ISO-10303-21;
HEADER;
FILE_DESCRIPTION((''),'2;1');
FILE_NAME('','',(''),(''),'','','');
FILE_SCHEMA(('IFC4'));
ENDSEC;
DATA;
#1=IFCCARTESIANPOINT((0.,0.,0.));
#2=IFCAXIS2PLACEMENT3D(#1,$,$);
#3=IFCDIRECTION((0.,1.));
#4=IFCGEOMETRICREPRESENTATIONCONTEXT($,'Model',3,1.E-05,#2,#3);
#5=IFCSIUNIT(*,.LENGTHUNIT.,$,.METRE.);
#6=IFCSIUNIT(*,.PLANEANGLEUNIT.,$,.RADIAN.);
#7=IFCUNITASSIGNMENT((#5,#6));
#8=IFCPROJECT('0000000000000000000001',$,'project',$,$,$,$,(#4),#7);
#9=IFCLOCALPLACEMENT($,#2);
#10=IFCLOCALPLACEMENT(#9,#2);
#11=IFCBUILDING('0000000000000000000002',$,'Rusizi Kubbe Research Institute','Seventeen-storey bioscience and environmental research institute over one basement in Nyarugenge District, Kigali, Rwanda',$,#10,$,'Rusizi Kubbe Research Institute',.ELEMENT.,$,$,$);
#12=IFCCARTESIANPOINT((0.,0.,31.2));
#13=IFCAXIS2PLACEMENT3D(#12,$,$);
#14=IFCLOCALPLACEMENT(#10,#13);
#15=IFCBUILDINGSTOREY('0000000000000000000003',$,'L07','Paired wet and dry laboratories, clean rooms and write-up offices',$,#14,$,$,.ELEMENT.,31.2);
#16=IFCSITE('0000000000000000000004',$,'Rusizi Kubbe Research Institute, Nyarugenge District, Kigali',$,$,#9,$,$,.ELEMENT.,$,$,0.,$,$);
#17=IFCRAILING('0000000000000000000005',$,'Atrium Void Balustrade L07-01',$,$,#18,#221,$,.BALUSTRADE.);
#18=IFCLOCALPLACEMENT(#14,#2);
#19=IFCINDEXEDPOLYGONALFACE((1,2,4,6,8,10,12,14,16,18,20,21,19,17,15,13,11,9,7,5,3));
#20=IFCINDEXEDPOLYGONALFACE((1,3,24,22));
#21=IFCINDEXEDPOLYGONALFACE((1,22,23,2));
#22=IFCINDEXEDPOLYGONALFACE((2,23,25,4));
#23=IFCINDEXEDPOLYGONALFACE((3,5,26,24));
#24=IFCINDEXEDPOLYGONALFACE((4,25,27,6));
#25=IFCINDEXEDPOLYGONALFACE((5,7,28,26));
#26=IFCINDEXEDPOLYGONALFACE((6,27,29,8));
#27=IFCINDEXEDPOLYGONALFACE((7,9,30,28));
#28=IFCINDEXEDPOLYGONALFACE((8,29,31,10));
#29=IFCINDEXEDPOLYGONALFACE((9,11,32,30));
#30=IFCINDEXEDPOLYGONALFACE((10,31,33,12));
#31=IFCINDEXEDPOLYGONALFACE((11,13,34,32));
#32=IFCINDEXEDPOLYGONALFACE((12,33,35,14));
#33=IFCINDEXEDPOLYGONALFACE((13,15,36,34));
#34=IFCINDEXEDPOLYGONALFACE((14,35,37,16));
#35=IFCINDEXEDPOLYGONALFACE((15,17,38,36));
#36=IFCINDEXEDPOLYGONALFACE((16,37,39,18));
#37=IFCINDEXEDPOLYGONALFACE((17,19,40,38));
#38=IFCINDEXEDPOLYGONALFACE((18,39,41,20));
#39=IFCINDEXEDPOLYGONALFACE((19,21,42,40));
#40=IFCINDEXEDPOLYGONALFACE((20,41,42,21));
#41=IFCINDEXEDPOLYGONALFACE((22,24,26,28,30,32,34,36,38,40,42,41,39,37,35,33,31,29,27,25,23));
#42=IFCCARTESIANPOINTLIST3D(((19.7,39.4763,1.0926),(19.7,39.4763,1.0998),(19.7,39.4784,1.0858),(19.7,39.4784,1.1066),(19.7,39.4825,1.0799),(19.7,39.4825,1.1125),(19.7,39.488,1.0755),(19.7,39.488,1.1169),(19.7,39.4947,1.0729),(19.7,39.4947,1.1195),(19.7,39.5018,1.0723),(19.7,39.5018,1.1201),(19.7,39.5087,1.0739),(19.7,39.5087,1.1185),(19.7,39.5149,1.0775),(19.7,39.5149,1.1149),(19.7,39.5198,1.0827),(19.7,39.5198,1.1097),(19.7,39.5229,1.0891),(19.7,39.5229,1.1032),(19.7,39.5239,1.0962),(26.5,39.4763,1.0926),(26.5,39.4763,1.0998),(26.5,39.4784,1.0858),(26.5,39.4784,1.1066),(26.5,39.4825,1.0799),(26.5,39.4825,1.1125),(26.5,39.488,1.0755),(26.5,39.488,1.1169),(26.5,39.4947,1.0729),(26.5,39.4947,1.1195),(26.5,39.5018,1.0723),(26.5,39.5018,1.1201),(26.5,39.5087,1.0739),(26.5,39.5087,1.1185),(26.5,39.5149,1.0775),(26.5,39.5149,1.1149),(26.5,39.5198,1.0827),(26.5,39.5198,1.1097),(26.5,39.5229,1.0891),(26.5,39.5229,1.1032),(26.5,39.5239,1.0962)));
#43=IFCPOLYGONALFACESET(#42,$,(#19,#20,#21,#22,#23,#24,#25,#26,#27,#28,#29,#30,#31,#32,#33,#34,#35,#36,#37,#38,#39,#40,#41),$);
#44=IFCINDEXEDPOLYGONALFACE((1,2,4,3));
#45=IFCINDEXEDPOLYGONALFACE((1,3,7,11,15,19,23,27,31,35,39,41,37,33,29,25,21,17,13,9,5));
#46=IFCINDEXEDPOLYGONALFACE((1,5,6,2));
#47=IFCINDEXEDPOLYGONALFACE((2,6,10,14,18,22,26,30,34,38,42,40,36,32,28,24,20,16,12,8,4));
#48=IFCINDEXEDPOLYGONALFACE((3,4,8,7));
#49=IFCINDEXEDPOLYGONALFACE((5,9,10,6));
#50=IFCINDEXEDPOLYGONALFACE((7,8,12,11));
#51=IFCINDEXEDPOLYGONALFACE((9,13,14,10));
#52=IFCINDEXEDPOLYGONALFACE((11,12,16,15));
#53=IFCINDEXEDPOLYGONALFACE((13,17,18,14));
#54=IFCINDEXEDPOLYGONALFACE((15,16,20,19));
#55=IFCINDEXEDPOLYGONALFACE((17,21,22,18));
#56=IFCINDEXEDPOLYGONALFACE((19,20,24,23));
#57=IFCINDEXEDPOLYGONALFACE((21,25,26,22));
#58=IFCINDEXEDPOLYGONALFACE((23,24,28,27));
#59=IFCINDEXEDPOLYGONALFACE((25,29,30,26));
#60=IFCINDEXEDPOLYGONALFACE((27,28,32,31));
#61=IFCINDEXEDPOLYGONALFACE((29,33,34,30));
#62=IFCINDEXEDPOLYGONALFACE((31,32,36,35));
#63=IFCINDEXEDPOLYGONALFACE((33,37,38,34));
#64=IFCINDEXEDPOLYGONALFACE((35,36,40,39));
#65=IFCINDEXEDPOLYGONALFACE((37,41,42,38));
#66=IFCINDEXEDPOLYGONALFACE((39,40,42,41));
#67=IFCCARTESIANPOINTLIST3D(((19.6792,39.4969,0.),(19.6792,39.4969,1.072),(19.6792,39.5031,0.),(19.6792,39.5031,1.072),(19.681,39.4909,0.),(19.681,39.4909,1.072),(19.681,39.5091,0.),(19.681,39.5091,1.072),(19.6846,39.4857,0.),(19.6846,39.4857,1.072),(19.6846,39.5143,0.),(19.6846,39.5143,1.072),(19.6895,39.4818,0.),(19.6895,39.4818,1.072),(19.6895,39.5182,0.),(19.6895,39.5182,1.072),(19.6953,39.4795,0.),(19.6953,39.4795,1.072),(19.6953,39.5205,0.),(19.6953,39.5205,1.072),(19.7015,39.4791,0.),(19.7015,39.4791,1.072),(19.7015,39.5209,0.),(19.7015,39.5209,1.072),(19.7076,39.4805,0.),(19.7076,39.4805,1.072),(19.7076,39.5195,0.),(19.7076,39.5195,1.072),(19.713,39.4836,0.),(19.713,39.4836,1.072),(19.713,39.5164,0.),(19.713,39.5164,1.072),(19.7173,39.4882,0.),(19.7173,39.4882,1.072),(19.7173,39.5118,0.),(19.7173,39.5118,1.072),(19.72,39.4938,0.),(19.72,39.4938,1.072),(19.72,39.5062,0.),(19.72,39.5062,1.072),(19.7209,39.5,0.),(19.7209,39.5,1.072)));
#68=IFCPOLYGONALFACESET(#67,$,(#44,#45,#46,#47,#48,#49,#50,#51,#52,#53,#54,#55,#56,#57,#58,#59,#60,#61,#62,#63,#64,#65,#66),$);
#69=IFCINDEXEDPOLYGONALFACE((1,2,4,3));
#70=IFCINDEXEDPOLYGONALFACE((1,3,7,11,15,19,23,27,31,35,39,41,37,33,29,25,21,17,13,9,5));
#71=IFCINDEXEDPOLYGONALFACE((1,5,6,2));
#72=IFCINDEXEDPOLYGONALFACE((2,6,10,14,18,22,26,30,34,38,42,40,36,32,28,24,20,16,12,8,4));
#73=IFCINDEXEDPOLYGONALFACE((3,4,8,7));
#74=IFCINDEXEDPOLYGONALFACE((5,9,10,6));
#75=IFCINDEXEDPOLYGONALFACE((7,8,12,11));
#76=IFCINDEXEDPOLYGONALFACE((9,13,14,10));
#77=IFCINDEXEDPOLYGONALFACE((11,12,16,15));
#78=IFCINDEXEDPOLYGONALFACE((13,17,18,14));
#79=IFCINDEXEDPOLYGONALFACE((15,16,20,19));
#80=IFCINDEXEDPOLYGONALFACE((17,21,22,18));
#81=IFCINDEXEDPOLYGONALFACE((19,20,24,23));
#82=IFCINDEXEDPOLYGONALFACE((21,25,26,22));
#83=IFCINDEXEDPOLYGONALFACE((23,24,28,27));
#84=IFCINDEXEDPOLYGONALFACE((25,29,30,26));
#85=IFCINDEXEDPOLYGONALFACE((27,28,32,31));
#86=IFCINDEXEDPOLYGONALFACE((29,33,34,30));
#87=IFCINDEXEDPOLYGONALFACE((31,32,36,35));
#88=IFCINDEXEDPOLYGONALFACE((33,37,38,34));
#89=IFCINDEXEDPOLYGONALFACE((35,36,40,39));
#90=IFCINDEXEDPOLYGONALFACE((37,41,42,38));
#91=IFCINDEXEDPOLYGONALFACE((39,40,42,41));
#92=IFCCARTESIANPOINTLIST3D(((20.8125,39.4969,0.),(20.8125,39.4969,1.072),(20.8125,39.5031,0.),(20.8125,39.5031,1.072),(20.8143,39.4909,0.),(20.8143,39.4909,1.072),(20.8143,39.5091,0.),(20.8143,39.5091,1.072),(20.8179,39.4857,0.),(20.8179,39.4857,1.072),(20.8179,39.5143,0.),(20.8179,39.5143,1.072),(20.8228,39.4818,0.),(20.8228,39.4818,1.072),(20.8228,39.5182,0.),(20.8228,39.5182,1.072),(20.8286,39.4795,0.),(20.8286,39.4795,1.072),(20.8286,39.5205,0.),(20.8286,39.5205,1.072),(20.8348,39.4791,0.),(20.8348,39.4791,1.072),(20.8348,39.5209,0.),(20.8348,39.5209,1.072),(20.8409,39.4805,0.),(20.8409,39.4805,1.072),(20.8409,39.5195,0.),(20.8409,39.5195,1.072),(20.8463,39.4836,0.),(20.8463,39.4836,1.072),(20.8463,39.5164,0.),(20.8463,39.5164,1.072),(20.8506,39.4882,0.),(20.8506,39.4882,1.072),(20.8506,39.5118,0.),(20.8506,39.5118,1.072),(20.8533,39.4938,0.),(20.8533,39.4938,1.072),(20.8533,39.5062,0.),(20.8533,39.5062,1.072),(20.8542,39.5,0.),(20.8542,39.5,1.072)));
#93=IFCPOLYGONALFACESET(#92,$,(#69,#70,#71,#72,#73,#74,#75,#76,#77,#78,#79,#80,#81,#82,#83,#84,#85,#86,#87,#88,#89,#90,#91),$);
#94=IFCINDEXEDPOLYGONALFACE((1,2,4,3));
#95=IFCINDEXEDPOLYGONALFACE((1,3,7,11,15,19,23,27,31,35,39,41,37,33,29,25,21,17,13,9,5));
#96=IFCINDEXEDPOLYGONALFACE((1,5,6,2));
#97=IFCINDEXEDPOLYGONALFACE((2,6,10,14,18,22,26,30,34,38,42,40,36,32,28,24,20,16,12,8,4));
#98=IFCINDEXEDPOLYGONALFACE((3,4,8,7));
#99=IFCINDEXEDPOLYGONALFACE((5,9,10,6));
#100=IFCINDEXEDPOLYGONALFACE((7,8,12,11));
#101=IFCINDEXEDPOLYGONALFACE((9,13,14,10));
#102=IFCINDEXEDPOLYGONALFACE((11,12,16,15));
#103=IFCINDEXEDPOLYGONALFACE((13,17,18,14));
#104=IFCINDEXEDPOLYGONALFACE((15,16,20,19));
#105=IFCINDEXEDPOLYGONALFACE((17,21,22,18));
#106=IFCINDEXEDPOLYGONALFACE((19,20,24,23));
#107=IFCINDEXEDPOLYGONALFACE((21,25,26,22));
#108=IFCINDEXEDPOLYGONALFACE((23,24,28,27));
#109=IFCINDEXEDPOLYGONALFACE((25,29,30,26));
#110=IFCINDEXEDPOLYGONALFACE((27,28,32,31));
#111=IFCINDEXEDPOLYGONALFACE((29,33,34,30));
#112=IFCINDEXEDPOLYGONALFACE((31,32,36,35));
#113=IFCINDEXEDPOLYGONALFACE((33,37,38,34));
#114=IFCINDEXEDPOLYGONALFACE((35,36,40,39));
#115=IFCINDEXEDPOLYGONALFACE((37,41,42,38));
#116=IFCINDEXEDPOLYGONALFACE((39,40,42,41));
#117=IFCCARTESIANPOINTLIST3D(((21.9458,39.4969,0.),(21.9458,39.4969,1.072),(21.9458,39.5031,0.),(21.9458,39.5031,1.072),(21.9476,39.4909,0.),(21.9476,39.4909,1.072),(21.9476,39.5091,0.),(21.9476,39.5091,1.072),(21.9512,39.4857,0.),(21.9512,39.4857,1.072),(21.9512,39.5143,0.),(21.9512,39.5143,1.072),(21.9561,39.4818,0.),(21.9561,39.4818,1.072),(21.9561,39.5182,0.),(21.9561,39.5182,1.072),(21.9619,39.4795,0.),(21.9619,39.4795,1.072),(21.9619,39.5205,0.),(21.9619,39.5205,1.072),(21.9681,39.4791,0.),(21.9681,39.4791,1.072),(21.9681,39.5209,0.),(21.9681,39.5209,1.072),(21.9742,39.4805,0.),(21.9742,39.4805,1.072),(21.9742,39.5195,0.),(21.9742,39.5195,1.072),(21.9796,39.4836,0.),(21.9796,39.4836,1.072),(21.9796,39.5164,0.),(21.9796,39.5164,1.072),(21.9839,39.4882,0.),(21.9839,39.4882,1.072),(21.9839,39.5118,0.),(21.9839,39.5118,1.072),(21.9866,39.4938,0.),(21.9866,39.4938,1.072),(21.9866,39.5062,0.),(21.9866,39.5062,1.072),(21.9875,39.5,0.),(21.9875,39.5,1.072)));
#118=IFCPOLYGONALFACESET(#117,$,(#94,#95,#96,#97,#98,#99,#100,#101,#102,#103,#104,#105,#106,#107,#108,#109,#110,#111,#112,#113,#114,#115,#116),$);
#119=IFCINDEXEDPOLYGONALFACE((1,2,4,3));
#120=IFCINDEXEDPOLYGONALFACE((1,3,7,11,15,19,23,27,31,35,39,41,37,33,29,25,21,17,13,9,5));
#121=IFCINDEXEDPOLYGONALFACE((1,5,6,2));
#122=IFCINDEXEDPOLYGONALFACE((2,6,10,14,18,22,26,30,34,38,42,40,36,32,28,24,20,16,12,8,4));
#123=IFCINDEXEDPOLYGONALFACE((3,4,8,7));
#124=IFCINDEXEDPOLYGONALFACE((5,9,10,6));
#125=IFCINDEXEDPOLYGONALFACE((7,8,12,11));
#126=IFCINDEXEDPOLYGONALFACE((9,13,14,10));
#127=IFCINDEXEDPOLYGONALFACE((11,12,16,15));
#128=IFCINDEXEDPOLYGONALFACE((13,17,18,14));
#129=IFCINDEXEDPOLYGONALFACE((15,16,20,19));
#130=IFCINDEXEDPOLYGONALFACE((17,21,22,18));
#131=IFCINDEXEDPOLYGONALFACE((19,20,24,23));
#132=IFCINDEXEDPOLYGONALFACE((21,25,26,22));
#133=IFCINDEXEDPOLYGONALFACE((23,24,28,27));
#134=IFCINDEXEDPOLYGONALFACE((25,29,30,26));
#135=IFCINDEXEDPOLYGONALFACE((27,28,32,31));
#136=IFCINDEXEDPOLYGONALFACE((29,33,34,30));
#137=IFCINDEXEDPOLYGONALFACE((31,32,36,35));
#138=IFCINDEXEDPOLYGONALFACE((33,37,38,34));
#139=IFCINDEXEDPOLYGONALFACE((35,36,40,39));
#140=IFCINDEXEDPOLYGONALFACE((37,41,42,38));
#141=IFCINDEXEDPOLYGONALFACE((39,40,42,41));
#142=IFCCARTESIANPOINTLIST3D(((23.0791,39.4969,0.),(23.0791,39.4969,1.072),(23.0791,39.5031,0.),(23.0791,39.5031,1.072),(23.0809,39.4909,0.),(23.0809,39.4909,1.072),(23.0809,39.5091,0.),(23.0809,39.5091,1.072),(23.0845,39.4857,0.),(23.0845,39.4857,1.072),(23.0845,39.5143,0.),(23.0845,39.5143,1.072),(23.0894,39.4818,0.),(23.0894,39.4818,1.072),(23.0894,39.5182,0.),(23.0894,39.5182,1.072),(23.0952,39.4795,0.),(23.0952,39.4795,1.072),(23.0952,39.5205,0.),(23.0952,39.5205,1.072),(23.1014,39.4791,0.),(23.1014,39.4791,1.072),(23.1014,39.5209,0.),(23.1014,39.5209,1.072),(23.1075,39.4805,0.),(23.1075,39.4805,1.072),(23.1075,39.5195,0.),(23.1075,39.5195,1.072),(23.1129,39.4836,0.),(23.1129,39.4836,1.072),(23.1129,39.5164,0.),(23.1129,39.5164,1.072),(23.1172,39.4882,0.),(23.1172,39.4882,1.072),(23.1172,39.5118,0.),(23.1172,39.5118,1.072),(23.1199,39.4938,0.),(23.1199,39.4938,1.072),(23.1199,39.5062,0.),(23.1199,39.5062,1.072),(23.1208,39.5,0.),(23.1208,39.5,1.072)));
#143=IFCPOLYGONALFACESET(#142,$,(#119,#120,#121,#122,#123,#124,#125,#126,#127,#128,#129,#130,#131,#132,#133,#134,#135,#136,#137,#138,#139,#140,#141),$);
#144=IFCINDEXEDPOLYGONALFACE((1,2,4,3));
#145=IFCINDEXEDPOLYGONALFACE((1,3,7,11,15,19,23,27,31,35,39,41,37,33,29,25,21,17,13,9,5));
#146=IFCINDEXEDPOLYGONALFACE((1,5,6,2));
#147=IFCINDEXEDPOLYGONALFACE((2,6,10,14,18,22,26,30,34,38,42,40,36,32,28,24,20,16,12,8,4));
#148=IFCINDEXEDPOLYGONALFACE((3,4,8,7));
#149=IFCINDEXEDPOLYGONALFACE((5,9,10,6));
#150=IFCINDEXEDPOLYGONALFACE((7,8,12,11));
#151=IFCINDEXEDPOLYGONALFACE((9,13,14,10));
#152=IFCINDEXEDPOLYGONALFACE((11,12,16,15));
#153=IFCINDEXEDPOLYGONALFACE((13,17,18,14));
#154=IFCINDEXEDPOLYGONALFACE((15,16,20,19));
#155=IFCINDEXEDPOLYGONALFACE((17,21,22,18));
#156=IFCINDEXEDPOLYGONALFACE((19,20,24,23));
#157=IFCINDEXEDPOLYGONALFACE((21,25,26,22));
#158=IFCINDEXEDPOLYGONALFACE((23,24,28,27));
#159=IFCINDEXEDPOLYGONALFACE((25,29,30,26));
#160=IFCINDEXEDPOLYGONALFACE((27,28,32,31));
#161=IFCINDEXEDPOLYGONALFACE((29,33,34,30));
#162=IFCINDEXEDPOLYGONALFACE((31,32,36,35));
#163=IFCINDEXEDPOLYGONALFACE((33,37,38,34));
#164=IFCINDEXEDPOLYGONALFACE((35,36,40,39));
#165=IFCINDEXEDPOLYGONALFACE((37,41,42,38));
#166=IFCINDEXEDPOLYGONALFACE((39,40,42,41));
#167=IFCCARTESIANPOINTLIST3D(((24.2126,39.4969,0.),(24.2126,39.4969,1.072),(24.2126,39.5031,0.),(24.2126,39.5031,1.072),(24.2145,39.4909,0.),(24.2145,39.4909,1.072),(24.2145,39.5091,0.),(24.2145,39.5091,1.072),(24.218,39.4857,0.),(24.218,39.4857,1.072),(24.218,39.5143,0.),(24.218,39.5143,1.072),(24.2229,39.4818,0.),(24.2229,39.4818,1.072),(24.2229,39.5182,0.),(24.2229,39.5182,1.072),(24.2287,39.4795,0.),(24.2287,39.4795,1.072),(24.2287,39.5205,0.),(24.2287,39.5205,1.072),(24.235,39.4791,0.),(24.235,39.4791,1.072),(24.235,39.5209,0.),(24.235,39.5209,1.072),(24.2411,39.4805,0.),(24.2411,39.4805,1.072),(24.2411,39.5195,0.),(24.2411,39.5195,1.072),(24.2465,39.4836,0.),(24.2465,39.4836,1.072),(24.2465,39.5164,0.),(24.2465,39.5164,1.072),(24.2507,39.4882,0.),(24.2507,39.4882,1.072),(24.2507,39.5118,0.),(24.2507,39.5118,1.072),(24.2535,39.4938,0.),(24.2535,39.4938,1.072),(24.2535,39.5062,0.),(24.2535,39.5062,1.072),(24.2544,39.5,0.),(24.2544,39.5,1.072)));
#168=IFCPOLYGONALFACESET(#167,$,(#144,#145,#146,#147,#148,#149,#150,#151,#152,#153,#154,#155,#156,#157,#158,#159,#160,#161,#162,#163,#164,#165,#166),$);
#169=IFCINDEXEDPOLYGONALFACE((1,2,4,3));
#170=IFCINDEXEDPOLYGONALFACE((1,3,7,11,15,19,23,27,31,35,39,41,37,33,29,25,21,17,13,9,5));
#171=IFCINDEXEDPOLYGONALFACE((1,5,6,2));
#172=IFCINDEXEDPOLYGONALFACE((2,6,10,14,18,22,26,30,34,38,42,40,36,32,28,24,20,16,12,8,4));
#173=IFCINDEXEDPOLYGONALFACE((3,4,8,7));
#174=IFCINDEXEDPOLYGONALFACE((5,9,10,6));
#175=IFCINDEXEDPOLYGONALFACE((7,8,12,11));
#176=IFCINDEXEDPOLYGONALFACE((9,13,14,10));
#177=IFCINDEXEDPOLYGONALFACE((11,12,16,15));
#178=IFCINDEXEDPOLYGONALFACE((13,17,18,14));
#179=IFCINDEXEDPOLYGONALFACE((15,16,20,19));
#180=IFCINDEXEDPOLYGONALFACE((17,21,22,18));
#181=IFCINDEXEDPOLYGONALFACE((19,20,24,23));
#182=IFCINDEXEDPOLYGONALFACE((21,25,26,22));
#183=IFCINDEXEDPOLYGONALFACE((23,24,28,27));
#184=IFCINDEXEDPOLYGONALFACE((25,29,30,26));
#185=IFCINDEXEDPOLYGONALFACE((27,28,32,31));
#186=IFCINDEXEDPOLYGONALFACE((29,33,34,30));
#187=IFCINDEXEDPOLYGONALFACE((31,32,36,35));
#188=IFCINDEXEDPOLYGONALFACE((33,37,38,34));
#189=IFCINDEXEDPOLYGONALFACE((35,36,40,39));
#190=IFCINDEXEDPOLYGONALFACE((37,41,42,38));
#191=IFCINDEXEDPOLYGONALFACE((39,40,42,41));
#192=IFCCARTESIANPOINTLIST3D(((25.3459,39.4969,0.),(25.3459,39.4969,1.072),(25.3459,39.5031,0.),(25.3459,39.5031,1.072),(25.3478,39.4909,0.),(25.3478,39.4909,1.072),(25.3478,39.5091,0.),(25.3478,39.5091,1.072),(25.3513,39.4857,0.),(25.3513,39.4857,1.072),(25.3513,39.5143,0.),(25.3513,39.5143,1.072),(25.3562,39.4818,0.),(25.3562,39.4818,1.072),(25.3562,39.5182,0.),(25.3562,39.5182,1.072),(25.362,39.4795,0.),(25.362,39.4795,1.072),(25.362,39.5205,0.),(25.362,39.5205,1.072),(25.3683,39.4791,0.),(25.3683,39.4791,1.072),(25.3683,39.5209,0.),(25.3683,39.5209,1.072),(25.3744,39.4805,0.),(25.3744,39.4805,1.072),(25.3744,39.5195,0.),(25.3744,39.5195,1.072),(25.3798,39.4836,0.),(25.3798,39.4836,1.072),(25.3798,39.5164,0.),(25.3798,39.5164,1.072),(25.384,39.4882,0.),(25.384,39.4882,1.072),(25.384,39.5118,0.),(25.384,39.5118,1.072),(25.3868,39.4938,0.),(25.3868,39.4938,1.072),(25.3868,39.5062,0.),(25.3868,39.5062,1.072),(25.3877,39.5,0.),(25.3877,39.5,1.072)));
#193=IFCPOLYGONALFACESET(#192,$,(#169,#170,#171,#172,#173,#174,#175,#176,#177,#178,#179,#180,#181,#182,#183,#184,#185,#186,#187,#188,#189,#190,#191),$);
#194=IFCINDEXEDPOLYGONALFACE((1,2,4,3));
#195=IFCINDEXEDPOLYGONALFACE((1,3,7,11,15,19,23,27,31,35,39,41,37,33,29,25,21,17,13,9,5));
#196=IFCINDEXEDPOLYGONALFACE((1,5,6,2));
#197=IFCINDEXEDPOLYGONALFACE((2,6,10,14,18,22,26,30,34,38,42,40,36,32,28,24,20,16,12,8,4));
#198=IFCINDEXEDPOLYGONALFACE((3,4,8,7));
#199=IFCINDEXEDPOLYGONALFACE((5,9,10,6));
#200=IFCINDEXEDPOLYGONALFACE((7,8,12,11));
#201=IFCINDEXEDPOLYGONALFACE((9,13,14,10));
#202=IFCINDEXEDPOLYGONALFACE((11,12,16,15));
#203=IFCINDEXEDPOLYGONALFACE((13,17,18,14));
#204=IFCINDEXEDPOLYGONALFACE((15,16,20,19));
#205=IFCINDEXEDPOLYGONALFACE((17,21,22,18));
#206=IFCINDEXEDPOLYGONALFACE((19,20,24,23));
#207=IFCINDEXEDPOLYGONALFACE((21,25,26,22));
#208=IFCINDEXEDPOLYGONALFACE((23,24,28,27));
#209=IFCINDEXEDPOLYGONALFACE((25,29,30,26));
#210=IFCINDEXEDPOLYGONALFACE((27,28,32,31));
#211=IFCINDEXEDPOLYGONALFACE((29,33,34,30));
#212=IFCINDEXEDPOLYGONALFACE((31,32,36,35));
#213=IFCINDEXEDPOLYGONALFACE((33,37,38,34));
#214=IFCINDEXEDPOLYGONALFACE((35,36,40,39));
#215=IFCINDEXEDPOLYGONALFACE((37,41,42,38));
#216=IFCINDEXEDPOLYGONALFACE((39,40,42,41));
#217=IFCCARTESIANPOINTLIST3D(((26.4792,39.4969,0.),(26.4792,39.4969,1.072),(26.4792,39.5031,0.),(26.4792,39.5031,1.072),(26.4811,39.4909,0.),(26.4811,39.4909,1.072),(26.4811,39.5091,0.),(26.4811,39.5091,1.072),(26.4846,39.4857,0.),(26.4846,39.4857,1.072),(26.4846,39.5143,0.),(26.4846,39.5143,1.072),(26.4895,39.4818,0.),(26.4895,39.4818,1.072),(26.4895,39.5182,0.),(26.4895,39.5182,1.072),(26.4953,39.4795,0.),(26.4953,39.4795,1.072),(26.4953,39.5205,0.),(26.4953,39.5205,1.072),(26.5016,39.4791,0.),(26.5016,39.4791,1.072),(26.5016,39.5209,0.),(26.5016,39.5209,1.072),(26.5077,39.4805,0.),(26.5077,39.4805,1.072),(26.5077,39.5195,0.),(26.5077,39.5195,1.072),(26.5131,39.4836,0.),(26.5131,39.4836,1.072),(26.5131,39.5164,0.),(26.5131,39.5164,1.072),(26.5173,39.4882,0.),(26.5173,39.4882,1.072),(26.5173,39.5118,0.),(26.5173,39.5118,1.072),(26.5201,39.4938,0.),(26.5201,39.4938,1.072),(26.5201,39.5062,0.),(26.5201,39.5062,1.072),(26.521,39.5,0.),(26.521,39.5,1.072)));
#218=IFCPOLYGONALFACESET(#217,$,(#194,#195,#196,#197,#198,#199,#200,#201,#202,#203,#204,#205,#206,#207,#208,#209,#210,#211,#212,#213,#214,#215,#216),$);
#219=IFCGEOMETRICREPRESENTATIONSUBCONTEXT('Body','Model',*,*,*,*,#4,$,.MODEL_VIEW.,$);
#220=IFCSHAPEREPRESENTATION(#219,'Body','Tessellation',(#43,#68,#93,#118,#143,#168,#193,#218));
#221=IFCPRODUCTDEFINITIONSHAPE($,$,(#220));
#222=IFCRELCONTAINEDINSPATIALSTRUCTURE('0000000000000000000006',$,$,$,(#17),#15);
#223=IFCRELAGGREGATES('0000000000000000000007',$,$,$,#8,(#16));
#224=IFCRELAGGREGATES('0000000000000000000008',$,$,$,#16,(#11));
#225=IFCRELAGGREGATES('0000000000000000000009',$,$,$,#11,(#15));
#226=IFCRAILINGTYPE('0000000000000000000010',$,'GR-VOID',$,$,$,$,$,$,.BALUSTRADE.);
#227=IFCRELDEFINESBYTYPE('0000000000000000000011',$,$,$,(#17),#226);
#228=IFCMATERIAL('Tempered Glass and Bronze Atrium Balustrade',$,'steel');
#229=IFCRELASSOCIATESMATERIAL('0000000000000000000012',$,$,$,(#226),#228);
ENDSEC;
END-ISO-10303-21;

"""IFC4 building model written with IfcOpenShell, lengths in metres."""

from ifc_helpers import new_model, si_unit, direction, frame, origin, origin_2d, place, context, subcontext, project, spatial, circle, extrude, material, type_object, element, save


model = new_model("IFC4")

# Units and contexts
model_context = context("Model", 3, precision=1e-05, world=origin(), true_north=direction((0.0, 1.0)))
body_context = subcontext(model_context, "Body", "Model", "MODEL_VIEW")
ifc_project = project(units=[si_unit("LENGTHUNIT", "METRE"), si_unit("PLANEANGLEUNIT", "RADIAN")], contexts=[model_context])

# Site, building, storey
site_placement = place(None, origin())
site = spatial("IfcSite", under=ifc_project, at=site_placement, Name="Rusizi Kubbe Research Institute, Nyarugenge District, Kigali", CompositionType="ELEMENT", RefElevation=0.0)
building_placement = place(site_placement, origin())
building = spatial("IfcBuilding", under=site, at=building_placement, Name="Rusizi Kubbe Research Institute", Description="Seventeen-storey bioscience and environmental research institute over one basement in Nyarugenge District, Kigali, Rwanda", LongName="Rusizi Kubbe Research Institute", CompositionType="ELEMENT")
storey_placement = place(building_placement, frame((0.0, 0.0, 31.2)))
storey = spatial("IfcBuildingStorey", under=building, at=storey_placement, Name="L07", Description="Paired wet and dry laboratories, clean rooms and write-up offices", CompositionType="ELEMENT", Elevation=31.2)

# Railing
ifc_material_1 = material(Name="Tempered Glass and Bronze Atrium Balustrade", Category="steel")
railing_type = type_object("IfcRailingType", Name="GR-VOID", PredefinedType="BALUSTRADE", material=ifc_material_1)
railing_1_placement = place(storey_placement, frame((19.7, 39.5, 0.0)))
element("IfcRailing", 1, at=railing_1_placement, inside=storey, type_object=railing_type, Name="Atrium Void Balustrade L07-01", PredefinedType="BALUSTRADE", context=body_context, shape_type="SweptSolid", body=[
    extrude(circle(Radius=0.0239, at=origin_2d()), frame((0.0, 0.0, 1.0962), z_axis=(1.0, 0.0, 0.0), x_axis=(0.0, 1.0, 0.0)), (0.0, 0.0, 1.0), 6.8),
    extrude(circle(Radius=0.021, at=origin_2d()), origin(), (0.0, 0.0, 1.0), 1.072),
    extrude(circle(Radius=0.021, at=origin_2d()), frame((1.1333, 0.0, 0.0)), (0.0, 0.0, 1.0), 1.072),
    extrude(circle(Radius=0.021, at=origin_2d()), frame((2.2666, 0.0, 0.0)), (0.0, 0.0, 1.0), 1.072),
    extrude(circle(Radius=0.021, at=origin_2d()), frame((3.3999, 0.0, 0.0)), (0.0, 0.0, 1.0), 1.072),
    extrude(circle(Radius=0.021, at=origin_2d()), frame((4.5334, 0.0, 0.0)), (0.0, 0.0, 1.0), 1.072),
    extrude(circle(Radius=0.021, at=origin_2d()), frame((5.6667, 0.0, 0.0)), (0.0, 0.0, 1.0), 1.072),
    extrude(circle(Radius=0.021, at=origin_2d()), frame((6.8, 0.0, 0.0)), (0.0, 0.0, 1.0), 1.072),
])

save(model, "model.ifc")
